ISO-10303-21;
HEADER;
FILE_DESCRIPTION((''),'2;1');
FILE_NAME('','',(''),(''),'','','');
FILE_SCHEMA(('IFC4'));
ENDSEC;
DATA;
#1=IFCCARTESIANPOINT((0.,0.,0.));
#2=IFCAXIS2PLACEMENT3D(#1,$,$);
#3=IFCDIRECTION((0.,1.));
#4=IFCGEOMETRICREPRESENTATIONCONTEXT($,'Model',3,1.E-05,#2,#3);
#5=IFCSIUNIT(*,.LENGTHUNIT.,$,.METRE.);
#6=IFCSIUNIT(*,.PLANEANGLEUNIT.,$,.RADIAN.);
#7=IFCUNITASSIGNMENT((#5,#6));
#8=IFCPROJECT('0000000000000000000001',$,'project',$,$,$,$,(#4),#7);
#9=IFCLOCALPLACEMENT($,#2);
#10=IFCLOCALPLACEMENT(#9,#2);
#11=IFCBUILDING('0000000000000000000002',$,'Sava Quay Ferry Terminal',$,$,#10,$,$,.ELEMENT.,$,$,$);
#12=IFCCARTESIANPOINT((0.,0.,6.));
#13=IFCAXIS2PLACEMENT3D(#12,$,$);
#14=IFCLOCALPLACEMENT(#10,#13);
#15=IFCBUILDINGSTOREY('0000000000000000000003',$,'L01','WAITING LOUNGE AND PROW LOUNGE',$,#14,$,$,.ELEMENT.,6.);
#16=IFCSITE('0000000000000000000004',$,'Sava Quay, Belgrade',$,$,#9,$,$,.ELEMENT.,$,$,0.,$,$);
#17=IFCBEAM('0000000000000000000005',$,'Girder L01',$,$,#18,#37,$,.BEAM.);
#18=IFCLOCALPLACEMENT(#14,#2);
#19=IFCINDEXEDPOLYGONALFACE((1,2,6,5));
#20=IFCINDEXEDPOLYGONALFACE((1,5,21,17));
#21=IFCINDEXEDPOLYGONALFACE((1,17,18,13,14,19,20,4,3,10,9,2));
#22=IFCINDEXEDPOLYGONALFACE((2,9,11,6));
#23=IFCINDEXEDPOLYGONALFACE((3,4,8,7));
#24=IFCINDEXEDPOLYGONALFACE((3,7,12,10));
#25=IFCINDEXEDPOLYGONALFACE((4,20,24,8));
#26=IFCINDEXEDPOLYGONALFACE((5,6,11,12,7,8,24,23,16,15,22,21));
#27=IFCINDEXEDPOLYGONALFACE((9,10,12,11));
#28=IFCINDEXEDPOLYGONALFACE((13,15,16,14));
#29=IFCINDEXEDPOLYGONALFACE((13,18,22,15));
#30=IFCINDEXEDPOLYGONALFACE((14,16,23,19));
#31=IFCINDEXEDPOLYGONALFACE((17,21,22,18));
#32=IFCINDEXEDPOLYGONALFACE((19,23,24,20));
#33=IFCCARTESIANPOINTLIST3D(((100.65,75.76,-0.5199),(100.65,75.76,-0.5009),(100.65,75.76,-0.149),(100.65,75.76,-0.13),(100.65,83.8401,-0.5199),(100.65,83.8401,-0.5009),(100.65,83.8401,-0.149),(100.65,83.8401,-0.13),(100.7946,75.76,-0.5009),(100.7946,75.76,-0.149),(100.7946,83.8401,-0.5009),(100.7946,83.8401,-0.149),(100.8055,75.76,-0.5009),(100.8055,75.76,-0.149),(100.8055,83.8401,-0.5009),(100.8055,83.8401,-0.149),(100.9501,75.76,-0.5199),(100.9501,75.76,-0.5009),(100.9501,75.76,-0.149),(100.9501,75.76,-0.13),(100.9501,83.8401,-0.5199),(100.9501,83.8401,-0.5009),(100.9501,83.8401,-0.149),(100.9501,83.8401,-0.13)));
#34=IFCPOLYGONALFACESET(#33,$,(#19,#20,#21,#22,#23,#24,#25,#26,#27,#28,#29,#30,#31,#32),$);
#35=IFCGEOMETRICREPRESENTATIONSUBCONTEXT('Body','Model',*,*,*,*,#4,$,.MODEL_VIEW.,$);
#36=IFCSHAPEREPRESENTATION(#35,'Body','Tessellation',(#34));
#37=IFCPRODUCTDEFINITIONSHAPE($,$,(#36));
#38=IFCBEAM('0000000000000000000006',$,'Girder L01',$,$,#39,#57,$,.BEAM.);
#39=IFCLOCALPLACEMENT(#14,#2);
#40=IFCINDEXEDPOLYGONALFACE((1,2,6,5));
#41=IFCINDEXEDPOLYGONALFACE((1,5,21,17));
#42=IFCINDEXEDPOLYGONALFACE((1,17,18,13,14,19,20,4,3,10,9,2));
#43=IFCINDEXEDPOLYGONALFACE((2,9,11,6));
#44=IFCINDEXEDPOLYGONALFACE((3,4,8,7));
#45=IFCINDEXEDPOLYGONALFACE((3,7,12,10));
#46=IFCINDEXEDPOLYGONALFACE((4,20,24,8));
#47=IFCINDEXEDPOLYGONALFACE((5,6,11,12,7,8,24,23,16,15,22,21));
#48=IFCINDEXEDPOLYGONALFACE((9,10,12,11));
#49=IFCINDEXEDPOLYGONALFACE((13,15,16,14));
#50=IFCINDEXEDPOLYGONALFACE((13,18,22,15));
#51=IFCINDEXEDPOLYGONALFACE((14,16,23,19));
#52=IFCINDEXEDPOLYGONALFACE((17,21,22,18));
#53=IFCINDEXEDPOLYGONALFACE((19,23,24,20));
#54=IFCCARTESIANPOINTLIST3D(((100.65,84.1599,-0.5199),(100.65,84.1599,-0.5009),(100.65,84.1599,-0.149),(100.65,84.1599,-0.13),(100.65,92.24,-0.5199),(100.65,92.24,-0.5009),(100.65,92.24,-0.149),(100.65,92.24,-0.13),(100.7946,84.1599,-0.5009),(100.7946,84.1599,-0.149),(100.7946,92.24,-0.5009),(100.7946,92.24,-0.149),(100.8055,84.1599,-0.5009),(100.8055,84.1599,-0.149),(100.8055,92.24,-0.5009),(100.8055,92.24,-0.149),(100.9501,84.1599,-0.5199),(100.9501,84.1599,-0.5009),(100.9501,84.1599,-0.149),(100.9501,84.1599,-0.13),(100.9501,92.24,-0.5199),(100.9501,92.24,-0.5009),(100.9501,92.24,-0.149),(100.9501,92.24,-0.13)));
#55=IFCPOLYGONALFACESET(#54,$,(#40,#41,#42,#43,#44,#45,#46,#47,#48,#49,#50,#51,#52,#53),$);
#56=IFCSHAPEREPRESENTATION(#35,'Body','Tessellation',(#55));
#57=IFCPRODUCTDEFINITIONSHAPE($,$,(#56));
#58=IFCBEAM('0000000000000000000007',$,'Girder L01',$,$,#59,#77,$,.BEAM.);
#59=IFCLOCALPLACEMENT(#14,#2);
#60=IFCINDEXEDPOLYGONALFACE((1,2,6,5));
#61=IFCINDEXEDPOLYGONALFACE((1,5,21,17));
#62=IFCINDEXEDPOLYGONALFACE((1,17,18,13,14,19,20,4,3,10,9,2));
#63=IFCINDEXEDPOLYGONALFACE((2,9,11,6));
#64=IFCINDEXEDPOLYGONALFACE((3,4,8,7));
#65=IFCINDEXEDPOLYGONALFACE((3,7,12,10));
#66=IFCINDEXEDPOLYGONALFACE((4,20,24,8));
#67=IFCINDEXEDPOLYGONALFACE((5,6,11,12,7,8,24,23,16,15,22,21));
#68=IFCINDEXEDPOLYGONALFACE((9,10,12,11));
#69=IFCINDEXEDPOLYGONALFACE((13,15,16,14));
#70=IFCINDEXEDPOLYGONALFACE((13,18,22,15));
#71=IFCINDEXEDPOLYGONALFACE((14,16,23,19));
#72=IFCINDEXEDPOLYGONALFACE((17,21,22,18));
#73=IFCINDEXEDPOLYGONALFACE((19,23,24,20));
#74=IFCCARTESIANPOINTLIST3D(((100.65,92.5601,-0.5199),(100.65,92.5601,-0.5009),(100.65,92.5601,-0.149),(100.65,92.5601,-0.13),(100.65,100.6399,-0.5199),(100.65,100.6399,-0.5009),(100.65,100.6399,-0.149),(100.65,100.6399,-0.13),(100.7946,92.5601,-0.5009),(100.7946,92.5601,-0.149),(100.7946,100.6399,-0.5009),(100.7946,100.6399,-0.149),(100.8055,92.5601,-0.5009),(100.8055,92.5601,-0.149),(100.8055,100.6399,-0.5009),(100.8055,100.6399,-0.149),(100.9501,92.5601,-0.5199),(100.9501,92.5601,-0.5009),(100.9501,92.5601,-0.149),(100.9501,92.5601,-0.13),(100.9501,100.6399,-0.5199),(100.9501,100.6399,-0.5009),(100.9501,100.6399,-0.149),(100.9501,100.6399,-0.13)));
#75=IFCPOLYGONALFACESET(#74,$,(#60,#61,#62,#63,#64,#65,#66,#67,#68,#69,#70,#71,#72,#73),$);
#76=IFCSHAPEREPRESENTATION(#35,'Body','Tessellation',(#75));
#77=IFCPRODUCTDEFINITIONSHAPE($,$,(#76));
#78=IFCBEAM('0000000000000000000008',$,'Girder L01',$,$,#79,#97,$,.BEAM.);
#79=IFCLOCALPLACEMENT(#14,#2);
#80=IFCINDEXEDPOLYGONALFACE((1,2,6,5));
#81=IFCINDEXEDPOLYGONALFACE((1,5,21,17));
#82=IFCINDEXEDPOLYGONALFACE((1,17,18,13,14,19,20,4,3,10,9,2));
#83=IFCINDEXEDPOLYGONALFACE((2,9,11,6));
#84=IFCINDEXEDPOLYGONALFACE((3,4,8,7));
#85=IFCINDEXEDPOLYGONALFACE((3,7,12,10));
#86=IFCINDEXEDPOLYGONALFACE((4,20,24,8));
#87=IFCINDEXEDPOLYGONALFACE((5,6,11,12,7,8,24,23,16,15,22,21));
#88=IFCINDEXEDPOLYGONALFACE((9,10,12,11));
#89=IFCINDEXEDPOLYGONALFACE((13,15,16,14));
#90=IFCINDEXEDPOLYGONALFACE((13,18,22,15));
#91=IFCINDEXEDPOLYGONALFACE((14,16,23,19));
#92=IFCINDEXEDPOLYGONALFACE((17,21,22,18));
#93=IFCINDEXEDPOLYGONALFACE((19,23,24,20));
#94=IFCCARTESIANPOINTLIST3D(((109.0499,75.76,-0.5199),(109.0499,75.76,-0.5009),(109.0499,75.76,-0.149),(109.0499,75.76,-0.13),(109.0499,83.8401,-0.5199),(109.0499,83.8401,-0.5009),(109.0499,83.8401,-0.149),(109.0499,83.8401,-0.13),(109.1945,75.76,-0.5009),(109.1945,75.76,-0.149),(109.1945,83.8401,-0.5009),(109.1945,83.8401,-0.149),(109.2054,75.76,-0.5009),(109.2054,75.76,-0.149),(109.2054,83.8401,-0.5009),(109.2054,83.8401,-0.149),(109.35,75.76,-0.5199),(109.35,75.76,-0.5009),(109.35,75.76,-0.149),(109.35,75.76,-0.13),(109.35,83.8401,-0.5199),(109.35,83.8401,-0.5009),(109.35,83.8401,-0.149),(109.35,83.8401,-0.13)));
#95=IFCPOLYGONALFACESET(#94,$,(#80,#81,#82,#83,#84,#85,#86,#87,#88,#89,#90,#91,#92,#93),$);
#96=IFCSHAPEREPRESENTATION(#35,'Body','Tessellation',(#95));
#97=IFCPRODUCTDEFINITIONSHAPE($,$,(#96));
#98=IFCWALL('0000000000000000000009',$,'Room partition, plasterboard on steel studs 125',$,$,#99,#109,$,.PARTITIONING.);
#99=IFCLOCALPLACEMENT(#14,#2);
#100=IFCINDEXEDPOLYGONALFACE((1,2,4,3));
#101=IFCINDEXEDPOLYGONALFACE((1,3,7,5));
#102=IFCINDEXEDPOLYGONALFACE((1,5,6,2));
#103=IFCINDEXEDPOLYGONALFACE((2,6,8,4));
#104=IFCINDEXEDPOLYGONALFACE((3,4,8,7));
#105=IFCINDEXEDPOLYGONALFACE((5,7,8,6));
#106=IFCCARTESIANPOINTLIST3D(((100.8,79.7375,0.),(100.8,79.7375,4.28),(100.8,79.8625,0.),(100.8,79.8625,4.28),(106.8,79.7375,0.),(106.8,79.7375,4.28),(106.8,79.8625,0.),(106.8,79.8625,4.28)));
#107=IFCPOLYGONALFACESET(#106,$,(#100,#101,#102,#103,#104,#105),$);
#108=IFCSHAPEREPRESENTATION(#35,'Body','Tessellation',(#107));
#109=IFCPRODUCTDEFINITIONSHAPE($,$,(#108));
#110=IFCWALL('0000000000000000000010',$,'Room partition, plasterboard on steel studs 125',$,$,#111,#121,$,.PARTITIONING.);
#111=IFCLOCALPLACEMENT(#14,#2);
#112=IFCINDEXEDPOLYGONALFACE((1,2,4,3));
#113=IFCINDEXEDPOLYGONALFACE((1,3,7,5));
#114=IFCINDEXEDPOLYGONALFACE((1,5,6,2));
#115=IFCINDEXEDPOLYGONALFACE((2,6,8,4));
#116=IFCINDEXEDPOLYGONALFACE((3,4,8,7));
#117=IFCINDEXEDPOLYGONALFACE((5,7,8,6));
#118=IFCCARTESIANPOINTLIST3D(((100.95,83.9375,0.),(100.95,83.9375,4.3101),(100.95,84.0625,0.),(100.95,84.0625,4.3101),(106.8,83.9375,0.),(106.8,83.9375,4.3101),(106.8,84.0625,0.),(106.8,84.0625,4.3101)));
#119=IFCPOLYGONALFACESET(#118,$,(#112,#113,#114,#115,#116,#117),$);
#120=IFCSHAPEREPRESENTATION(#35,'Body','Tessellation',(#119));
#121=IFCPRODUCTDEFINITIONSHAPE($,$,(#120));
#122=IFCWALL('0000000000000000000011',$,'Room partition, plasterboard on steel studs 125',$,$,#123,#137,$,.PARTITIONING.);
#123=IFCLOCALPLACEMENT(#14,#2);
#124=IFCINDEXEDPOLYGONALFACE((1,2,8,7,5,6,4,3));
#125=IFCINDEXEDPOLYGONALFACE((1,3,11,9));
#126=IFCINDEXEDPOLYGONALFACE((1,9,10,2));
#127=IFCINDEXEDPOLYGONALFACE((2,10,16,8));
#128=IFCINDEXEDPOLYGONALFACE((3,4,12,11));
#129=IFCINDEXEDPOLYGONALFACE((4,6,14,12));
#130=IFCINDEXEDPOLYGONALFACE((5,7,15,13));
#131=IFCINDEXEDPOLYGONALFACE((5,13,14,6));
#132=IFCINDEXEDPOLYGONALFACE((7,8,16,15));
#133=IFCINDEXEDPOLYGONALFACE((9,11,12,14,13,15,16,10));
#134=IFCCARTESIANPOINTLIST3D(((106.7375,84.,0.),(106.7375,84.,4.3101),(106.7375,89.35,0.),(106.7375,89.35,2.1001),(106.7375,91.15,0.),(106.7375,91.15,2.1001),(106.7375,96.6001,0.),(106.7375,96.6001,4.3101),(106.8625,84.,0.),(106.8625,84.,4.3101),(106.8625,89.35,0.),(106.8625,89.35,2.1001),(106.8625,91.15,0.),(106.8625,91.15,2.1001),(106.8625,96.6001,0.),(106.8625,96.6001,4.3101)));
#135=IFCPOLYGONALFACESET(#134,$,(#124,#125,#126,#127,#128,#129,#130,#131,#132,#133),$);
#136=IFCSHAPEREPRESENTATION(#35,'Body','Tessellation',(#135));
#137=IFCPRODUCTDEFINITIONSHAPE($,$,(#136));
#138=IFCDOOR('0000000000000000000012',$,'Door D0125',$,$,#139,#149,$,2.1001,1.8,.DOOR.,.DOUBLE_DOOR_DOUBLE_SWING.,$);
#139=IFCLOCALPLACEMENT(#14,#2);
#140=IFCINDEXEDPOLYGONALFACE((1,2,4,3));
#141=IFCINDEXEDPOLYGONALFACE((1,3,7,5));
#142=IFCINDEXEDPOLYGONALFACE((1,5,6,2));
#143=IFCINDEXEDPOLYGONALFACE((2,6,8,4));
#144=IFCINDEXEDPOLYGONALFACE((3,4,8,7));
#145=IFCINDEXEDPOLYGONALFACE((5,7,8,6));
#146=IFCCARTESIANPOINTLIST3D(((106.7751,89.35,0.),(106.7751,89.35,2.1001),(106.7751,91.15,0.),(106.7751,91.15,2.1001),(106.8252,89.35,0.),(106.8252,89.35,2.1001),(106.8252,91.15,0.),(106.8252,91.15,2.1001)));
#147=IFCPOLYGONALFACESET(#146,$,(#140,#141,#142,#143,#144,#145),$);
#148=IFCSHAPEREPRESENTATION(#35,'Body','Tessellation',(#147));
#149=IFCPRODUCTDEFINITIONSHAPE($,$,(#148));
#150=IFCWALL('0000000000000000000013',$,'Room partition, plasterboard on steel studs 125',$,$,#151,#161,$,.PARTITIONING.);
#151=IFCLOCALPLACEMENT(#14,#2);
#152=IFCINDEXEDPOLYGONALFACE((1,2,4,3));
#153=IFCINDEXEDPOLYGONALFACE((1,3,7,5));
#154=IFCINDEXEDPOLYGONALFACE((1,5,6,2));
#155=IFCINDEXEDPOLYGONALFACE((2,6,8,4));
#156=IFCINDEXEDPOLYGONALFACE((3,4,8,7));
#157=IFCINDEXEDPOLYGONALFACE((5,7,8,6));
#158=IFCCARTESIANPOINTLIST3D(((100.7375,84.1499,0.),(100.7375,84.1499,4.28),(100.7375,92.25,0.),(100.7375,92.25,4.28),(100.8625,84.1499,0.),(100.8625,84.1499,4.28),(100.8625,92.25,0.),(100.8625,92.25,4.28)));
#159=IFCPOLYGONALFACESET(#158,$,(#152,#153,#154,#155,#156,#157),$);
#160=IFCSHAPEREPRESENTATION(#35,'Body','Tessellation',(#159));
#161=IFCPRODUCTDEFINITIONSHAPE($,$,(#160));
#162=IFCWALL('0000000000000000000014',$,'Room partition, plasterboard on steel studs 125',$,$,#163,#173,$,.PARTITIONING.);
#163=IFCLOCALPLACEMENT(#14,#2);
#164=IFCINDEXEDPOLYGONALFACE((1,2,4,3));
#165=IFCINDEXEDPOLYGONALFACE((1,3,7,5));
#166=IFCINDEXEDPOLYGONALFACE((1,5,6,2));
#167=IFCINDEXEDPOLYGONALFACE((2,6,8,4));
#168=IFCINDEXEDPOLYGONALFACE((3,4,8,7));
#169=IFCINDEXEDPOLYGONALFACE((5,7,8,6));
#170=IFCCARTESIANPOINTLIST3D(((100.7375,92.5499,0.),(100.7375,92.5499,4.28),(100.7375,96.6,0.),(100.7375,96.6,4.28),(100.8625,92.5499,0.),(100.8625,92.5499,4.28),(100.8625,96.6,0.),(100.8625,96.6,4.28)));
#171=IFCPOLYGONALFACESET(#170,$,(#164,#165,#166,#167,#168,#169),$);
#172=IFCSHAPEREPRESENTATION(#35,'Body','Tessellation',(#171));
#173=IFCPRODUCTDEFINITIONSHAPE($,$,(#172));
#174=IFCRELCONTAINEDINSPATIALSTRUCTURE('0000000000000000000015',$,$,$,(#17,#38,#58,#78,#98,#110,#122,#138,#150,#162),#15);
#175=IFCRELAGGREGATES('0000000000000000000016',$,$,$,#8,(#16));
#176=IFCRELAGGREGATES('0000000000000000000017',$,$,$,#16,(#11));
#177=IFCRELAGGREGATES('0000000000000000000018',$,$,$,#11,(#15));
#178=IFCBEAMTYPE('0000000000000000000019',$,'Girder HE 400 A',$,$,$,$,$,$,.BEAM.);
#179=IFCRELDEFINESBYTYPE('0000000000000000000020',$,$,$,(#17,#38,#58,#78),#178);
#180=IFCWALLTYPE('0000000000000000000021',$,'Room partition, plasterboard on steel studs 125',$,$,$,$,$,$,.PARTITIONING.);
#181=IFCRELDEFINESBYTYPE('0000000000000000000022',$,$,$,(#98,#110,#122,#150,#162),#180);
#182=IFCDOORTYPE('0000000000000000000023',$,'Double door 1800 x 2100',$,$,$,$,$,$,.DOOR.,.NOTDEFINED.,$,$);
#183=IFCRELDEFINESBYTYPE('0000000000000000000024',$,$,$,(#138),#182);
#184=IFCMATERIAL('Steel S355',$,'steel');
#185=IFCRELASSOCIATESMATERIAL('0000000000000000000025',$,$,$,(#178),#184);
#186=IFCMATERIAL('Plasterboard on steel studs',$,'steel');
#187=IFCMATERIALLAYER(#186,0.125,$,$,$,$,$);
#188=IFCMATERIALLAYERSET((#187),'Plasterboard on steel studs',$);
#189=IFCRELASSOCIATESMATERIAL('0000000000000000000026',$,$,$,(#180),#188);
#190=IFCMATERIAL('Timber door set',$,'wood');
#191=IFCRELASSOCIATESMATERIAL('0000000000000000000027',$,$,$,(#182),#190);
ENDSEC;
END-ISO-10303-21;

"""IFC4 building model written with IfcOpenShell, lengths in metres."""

from ifc_helpers import new_model, si_unit, direction, frame, frame_2d, origin, origin_2d, place, context, subcontext, project, spatial, rectangle, i_section, extrude, material, layer, layer_set, material_profile, profile_set, type_object, element, fill, save


model = new_model("IFC4")

# Units and contexts
model_context = context("Model", 3, precision=1e-05, world=origin(), true_north=direction((0.0, 1.0)))
body_context = subcontext(model_context, "Body", "Model", "MODEL_VIEW")
ifc_project = project(units=[si_unit("LENGTHUNIT", "METRE"), si_unit("PLANEANGLEUNIT", "RADIAN")], contexts=[model_context])

# Site, building, storey
site_placement = place(None, origin())
site = spatial("IfcSite", under=ifc_project, at=site_placement, Name="Sava Quay, Belgrade", CompositionType="ELEMENT", RefElevation=0.0)
building_placement = place(site_placement, origin())
building = spatial("IfcBuilding", under=site, at=building_placement, Name="Sava Quay Ferry Terminal", CompositionType="ELEMENT")
storey_placement = place(building_placement, frame((0.0, 0.0, 6.0)))
storey = spatial("IfcBuildingStorey", under=building, at=storey_placement, Name="L01", Description="WAITING LOUNGE AND PROW LOUNGE", CompositionType="ELEMENT", Elevation=6.0)

# Beams
ifc_material_1 = material(Name="Steel S355", Category="steel")
ifc_material_profile_1 = material_profile(ifc_material_1, i_section(OverallWidth=0.3, OverallDepth=0.3899, WebThickness=0.011, FlangeThickness=0.019, at=origin_2d()), Name="HE 400 A")
ifc_profile_set_1 = profile_set([ifc_material_profile_1], Name="Steel S355")
beam_type_1 = type_object("IfcBeamType", Name="Girder HE 400 A", PredefinedType="BEAM", material=ifc_profile_set_1)
for number, where, z_axis, x_axis, name in (
    (1, (100.8, 75.76, -0.325), (0.0, 1.0, 0.0), (-1.0, 0.0, 0.0), "Girder L01"),
    (2, (100.8, 84.1599, -0.325), (0.0, 1.0, 0.0), (-1.0, 0.0, 0.0), "Girder L01"),
):
    element("IfcBeam", number, at=place(storey_placement, frame(where, z_axis=z_axis, x_axis=x_axis)), inside=storey, type_object=beam_type_1, Name=name, PredefinedType="BEAM", context=body_context, shape_type="SweptSolid", body=[
        extrude(i_section(OverallWidth=0.3, OverallDepth=0.3899, WebThickness=0.011, FlangeThickness=0.019, at=origin_2d()), origin(), (0.0, 0.0, 1.0), 8.0801),
    ])
beam_1_placement = place(storey_placement, frame((100.8, 92.5601, -0.325), z_axis=(0.0, 1.0, 0.0), x_axis=(-1.0, 0.0, 0.0)))
element("IfcBeam", 3, at=beam_1_placement, inside=storey, type_object=beam_type_1, Name="Girder L01", PredefinedType="BEAM", context=body_context, shape_type="SweptSolid", body=[
    extrude(i_section(OverallWidth=0.3, OverallDepth=0.3899, WebThickness=0.011, FlangeThickness=0.019, at=origin_2d()), origin(), (0.0, 0.0, 1.0), 8.0798),
])
beam_2_placement = place(storey_placement, frame((109.2, 75.76, -0.325), z_axis=(0.0, 1.0, 0.0), x_axis=(-1.0, 0.0, 0.0)))
element("IfcBeam", 4, at=beam_2_placement, inside=storey, type_object=beam_type_1, Name="Girder L01", PredefinedType="BEAM", context=body_context, shape_type="SweptSolid", body=[
    extrude(i_section(OverallWidth=0.3, OverallDepth=0.3899, WebThickness=0.011, FlangeThickness=0.019, at=origin_2d()), origin(), (0.0, 0.0, 1.0), 8.0801),
])

# Walls
ifc_material_2 = material(Name="Plasterboard on steel studs", Category="steel")
ifc_layer_1 = layer(ifc_material_2, 0.125)
ifc_layer_set_1 = layer_set([ifc_layer_1], Name="Plasterboard on steel studs")
wall_type_1 = type_object("IfcWallType", Name="Room partition, plasterboard on steel studs 125", PredefinedType="PARTITIONING", material=ifc_layer_set_1)
wall_1_placement = place(storey_placement, frame((100.8, 79.8, 0.0), z_axis=(0.0, 0.0, 1.0), x_axis=(1.0, 0.0, 0.0)))
element("IfcWall", 5, at=wall_1_placement, inside=storey, type_object=wall_type_1, Name="Room partition, plasterboard on steel studs 125", PredefinedType="PARTITIONING", context=body_context, shape_type="SweptSolid", body=[
    extrude(rectangle(XDim=6.0, YDim=0.125, at=frame_2d((3.0, 0.0))), origin(), (0.0, 0.0, 1.0), 4.28),
])
wall_2_placement = place(storey_placement, frame((100.95, 84.0, 0.0), z_axis=(0.0, 0.0, 1.0), x_axis=(1.0, 0.0, 0.0)))
element("IfcWall", 6, at=wall_2_placement, inside=storey, type_object=wall_type_1, Name="Room partition, plasterboard on steel studs 125", PredefinedType="PARTITIONING", context=body_context, shape_type="SweptSolid", body=[
    extrude(rectangle(XDim=5.8501, YDim=0.125, at=frame_2d((2.925, 0.0))), origin(), (0.0, 0.0, 1.0), 4.3101),
])

# Wall, opening, door
wall_3_placement = place(storey_placement, frame((106.8, 84.0, 0.0), z_axis=(0.0, 0.0, 1.0), x_axis=(0.0, 1.0, 0.0)))
wall_3 = element("IfcWall", 7, at=wall_3_placement, inside=storey, type_object=wall_type_1, Name="Room partition, plasterboard on steel studs 125", PredefinedType="PARTITIONING", context=body_context, shape_type="SweptSolid", body=[
    extrude(rectangle(XDim=12.6001, YDim=0.125, at=frame_2d((6.3, 0.0))), origin(), (0.0, 0.0, 1.0), 4.3101),
])
opening_1_placement = place(wall_3_placement, frame((5.3501, 0.0, 0.0)))
opening_1 = element("IfcOpeningElement", 8, at=opening_1_placement, cuts=wall_3, PredefinedType="OPENING", context=body_context, shape_type="SweptSolid", body=[
    extrude(rectangle(XDim=1.8, YDim=2.1001, at=frame_2d((0.8999, 1.05))), frame((0.0, 0.0625, 0.0), z_axis=(0.0, -1.0, 0.0), x_axis=(1.0, 0.0, 0.0)), (0.0, 0.0, 1.0), 0.125),
])
ifc_material_3 = material(Name="Timber door set", Category="wood")
door_type = type_object("IfcDoorType", Name="Double door 1800 x 2100", OperationType="NOTDEFINED", PredefinedType="DOOR", material=ifc_material_3)
door_placement = place(opening_1_placement, origin())
door = element("IfcDoor", 9, at=door_placement, inside=storey, type_object=door_type, Name="Door D0125", OperationType="DOUBLE_DOOR_DOUBLE_SWING", OverallHeight=2.1001, OverallWidth=1.8, PredefinedType="DOOR", context=body_context, shape_type="SweptSolid", body=[
    extrude(rectangle(XDim=1.8, YDim=2.1001, at=frame_2d((0.8999, 1.05))), frame((0.0, 0.0249, 0.0), z_axis=(0.0, -1.0, 0.0), x_axis=(1.0, 0.0, 0.0)), (0.0, 0.0, 1.0), 0.05),
])
fill(opening_1, door)

# Walls
wall_4_placement = place(storey_placement, frame((100.8, 84.1499, 0.0), z_axis=(0.0, 0.0, 1.0), x_axis=(0.0, 1.0, 0.0)))
element("IfcWall", 10, at=wall_4_placement, inside=storey, type_object=wall_type_1, Name="Room partition, plasterboard on steel studs 125", PredefinedType="PARTITIONING", context=body_context, shape_type="SweptSolid", body=[
    extrude(rectangle(XDim=8.1001, YDim=0.125, at=frame_2d((4.05, 0.0))), origin(), (0.0, 0.0, 1.0), 4.28),
])
wall_5_placement = place(storey_placement, frame((100.8, 92.55, 0.0), z_axis=(0.0, 0.0, 1.0), x_axis=(0.0, 1.0, 0.0)))
element("IfcWall", 11, at=wall_5_placement, inside=storey, type_object=wall_type_1, Name="Room partition, plasterboard on steel studs 125", PredefinedType="PARTITIONING", context=body_context, shape_type="SweptSolid", body=[
    extrude(rectangle(XDim=4.05, YDim=0.125, at=frame_2d((2.0249, 0.0))), origin(), (0.0, 0.0, 1.0), 4.28),
])

save(model, "model.ifc")
